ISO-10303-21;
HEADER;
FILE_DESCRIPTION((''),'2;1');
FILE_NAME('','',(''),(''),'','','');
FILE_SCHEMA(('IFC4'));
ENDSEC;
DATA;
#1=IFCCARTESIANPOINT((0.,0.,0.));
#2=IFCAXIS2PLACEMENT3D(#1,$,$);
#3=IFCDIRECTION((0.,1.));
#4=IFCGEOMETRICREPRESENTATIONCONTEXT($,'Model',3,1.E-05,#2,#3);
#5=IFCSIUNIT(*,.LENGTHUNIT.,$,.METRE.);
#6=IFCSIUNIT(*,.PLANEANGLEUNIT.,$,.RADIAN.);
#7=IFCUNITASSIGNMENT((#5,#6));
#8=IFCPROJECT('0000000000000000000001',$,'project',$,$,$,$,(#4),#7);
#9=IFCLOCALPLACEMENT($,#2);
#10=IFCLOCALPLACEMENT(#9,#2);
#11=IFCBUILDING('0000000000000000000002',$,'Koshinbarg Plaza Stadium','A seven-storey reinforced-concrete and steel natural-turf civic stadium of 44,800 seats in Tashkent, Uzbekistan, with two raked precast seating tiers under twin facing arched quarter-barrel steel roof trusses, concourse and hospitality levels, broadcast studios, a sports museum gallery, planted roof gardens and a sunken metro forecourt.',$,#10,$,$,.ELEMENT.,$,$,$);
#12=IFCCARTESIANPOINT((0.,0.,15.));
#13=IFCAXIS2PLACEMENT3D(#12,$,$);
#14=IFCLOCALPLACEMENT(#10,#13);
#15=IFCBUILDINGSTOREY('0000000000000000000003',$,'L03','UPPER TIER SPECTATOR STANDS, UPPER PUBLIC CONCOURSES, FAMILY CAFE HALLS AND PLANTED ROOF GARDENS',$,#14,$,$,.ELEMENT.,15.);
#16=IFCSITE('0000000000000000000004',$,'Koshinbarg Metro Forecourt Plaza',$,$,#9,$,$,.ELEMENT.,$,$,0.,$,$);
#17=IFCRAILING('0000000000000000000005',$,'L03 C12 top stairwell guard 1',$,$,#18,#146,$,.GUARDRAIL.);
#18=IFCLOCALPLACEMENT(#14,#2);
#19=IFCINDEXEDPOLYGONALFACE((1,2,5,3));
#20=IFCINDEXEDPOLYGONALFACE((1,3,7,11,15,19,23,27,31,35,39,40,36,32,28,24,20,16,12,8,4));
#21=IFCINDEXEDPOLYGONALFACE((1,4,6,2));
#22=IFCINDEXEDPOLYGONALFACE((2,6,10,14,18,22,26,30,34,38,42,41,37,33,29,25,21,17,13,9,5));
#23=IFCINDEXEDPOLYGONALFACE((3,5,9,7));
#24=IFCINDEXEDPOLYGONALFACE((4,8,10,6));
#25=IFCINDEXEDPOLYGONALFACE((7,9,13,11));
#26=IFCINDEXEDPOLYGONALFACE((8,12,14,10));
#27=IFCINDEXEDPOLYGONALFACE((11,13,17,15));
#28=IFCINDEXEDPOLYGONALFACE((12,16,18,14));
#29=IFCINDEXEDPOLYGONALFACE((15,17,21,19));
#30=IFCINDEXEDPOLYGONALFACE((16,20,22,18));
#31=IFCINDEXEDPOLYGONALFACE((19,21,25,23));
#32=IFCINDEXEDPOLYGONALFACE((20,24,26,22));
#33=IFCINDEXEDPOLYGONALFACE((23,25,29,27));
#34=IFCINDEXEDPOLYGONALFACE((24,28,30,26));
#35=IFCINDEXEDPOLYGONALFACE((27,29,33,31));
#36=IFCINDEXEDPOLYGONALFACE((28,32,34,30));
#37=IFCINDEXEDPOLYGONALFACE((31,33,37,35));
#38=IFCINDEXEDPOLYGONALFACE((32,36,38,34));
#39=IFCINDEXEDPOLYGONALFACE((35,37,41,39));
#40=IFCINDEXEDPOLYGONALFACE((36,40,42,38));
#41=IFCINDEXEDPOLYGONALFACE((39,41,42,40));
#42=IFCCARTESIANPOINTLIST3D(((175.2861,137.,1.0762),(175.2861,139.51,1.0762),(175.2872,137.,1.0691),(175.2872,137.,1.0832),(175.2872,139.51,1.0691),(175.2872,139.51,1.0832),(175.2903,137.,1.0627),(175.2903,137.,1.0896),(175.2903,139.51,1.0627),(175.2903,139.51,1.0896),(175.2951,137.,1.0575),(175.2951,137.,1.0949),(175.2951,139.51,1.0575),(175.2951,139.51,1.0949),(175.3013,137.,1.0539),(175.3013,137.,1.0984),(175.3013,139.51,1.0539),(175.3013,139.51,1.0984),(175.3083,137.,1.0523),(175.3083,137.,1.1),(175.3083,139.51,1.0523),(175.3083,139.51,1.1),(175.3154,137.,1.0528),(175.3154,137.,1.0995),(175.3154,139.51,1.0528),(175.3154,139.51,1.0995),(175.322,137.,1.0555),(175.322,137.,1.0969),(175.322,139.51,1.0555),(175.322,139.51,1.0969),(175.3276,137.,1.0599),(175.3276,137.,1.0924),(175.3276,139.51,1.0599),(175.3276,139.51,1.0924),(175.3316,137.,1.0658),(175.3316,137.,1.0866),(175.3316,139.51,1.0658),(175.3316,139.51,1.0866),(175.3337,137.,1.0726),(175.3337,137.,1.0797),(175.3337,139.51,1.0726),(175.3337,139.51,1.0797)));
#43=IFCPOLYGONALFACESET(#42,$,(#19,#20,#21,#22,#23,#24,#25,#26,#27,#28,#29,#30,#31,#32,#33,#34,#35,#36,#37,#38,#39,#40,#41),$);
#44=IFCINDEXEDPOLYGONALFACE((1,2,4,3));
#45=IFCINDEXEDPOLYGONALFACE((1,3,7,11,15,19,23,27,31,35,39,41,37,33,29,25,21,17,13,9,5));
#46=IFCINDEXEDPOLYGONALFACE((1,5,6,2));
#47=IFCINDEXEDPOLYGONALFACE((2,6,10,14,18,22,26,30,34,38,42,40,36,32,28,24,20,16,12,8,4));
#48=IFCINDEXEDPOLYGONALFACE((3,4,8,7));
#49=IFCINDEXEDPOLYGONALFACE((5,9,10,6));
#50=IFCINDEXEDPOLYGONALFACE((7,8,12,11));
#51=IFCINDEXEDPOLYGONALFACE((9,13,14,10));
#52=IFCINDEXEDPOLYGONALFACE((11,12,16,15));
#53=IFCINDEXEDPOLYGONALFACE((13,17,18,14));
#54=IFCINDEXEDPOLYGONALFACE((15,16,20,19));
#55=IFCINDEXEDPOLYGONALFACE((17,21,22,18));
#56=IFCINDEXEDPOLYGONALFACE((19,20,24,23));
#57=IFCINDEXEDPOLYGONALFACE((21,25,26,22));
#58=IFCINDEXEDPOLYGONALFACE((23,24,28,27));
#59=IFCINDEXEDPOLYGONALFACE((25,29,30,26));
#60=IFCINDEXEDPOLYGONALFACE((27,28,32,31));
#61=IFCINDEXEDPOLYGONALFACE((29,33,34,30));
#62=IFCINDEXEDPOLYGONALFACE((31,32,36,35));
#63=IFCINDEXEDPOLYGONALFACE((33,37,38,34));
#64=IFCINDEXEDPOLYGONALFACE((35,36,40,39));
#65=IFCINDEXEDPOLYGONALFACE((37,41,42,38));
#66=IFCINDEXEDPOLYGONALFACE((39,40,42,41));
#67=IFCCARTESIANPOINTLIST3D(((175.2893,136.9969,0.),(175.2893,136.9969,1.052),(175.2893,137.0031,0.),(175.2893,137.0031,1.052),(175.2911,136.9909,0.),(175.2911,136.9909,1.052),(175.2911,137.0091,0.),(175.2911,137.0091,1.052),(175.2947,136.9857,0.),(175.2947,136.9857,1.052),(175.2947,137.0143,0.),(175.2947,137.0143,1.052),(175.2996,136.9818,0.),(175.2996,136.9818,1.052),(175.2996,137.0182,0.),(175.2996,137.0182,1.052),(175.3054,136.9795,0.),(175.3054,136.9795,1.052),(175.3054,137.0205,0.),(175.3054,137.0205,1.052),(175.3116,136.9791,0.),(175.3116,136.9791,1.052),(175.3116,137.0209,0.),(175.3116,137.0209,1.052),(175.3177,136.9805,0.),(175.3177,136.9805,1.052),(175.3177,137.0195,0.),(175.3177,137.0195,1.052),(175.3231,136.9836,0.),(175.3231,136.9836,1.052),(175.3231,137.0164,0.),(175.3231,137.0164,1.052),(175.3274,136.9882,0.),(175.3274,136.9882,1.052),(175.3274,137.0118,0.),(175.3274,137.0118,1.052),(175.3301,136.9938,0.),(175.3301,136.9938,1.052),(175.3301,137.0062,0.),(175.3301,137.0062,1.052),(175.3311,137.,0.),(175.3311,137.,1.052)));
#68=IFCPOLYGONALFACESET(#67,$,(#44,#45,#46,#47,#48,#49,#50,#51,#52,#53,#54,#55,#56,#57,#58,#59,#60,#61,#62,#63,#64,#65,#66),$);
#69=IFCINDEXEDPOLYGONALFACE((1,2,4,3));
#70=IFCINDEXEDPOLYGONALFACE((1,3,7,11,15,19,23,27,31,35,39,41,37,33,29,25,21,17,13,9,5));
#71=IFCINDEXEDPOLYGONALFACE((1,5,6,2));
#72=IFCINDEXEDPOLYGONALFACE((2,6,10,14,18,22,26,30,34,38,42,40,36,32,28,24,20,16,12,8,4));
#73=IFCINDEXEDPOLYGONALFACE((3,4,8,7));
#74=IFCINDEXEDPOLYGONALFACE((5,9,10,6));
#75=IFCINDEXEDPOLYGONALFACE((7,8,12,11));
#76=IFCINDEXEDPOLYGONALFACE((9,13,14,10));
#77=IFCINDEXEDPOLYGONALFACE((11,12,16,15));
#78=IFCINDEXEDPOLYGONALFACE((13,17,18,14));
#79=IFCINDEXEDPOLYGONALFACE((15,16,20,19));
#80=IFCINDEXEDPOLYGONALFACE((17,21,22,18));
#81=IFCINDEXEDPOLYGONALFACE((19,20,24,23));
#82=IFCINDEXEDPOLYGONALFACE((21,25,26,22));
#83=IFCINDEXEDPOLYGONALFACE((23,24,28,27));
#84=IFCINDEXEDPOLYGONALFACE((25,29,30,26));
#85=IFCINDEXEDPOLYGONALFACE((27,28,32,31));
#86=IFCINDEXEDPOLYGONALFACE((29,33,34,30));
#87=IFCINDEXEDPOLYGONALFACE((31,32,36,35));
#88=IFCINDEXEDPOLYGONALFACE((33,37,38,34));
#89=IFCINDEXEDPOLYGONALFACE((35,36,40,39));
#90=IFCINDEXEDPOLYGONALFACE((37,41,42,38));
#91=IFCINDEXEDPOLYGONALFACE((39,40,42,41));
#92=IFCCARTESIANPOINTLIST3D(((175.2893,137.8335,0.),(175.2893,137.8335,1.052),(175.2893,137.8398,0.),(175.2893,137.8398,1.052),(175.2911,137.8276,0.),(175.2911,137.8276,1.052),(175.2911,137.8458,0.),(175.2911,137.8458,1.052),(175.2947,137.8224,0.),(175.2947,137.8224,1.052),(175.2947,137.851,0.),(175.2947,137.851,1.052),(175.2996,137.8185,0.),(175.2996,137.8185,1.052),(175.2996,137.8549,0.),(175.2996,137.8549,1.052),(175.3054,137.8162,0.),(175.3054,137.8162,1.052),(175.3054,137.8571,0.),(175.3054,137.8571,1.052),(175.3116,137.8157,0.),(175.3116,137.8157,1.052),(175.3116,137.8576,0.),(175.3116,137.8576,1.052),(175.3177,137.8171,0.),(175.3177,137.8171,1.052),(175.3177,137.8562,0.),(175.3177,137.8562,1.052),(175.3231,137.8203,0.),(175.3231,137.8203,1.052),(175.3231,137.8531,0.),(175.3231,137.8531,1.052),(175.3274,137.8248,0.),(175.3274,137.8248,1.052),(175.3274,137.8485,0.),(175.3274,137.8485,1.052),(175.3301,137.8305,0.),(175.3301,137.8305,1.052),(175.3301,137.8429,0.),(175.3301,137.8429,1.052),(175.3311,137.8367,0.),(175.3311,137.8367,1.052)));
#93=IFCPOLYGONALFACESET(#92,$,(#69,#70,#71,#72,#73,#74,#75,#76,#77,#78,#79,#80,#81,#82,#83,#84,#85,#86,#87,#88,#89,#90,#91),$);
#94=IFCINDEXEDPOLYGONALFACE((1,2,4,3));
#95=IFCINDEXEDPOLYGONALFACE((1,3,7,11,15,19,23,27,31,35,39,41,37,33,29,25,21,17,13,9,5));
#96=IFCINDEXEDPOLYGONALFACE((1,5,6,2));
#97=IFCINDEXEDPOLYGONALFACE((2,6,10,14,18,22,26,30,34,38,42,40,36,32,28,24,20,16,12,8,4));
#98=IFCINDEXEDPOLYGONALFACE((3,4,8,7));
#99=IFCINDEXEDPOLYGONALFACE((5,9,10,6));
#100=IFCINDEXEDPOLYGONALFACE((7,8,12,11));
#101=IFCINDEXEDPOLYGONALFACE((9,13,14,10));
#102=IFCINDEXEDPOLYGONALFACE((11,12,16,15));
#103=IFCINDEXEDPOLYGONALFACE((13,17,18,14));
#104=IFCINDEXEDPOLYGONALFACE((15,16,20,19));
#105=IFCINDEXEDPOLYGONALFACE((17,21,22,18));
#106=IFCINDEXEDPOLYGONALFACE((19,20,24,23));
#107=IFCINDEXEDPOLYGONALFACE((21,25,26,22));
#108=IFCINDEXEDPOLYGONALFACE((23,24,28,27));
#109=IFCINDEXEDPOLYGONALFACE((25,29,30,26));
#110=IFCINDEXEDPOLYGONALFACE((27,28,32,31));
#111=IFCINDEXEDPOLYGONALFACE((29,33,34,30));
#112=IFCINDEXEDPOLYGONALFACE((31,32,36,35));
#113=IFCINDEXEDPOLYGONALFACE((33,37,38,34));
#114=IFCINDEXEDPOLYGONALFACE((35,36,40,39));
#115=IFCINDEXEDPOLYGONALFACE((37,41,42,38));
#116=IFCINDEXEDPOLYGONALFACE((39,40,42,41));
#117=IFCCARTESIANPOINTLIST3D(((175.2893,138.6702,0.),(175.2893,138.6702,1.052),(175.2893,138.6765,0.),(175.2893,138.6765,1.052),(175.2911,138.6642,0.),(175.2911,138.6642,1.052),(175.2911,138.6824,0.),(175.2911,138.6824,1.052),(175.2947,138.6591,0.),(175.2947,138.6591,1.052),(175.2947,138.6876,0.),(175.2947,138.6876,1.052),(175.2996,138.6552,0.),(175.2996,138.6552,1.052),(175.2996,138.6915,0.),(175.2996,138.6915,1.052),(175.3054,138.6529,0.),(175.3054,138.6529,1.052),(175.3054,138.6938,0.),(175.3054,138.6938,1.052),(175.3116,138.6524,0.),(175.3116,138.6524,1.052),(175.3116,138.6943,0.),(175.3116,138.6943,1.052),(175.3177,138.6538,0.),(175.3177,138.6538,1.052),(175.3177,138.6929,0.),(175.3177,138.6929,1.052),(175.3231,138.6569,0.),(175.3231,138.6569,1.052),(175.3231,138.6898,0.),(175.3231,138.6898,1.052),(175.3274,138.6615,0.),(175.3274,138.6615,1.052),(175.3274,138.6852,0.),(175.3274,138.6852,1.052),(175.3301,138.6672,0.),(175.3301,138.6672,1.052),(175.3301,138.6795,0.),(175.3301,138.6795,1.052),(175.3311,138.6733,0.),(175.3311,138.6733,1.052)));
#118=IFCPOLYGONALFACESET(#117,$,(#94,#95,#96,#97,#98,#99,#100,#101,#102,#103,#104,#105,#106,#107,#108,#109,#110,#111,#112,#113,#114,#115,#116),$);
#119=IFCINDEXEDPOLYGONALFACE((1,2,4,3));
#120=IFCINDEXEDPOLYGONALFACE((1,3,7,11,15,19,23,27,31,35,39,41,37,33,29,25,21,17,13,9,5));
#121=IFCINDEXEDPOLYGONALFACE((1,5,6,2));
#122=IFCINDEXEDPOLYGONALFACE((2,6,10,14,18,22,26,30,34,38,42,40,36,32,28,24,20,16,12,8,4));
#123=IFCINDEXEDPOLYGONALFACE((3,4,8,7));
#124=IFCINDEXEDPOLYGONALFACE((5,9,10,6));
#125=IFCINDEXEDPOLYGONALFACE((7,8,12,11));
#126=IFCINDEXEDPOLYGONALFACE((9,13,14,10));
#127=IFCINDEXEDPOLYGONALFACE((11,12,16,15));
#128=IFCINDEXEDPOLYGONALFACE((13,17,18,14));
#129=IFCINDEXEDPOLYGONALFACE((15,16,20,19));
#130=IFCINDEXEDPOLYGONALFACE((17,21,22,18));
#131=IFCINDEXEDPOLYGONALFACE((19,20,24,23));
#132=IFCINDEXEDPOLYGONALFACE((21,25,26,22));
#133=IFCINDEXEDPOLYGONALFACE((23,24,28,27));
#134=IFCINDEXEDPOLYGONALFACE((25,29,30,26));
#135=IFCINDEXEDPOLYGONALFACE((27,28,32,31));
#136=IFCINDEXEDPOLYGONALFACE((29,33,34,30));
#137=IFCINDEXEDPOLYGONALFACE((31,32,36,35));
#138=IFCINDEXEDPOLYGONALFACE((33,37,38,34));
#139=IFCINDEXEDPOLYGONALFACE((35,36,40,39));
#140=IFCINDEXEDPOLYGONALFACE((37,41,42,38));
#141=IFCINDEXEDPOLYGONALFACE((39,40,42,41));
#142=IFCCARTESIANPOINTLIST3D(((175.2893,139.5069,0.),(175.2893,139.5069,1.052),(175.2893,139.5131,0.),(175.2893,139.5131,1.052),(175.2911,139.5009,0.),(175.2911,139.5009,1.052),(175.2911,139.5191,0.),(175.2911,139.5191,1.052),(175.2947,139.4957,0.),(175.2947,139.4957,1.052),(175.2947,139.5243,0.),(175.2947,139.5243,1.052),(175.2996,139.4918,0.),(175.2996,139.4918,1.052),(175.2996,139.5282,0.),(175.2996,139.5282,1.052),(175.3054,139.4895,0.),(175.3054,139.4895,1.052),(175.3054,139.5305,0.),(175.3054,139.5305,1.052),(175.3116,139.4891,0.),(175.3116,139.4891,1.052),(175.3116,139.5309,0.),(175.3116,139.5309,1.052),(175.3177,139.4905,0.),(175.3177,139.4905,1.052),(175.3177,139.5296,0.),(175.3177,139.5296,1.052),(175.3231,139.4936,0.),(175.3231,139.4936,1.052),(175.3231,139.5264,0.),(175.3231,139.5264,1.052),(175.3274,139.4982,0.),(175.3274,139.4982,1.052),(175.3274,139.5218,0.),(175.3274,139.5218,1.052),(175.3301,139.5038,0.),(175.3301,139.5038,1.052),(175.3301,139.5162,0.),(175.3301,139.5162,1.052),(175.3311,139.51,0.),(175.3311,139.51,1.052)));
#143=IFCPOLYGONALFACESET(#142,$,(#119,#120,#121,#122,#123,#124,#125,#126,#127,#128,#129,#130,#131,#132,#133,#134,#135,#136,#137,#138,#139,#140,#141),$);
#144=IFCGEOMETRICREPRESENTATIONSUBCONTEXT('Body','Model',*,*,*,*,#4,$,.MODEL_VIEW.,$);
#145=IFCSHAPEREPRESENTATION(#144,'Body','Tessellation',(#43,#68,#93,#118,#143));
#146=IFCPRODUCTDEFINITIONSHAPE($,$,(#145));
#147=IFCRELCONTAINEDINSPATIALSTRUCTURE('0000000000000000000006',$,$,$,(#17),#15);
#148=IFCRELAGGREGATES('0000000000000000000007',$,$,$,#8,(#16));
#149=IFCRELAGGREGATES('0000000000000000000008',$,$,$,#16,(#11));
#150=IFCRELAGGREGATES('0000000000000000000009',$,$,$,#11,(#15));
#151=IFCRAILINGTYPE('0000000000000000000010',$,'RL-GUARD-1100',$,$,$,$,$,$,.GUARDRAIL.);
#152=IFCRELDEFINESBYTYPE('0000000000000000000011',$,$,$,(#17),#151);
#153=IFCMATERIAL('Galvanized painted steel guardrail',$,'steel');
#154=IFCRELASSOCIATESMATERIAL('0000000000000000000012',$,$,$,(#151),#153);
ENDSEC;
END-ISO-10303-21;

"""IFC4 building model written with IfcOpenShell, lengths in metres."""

from ifc_helpers import new_model, si_unit, direction, frame, origin, origin_2d, place, context, subcontext, project, spatial, circle, extrude, material, type_object, element, save


model = new_model("IFC4")

# Units and contexts
model_context = context("Model", 3, precision=1e-05, world=origin(), true_north=direction((0.0, 1.0)))
body_context = subcontext(model_context, "Body", "Model", "MODEL_VIEW")
ifc_project = project(units=[si_unit("LENGTHUNIT", "METRE"), si_unit("PLANEANGLEUNIT", "RADIAN")], contexts=[model_context])

# Site, building, storey
site_placement = place(None, origin())
site = spatial("IfcSite", under=ifc_project, at=site_placement, Name="Koshinbarg Metro Forecourt Plaza", CompositionType="ELEMENT", RefElevation=0.0)
building_placement = place(site_placement, origin())
building = spatial("IfcBuilding", under=site, at=building_placement, Name="Koshinbarg Plaza Stadium", Description="A seven-storey reinforced-concrete and steel natural-turf civic stadium of 44,800 seats in Tashkent, Uzbekistan, with two raked precast seating tiers under twin facing arched quarter-barrel steel roof trusses, concourse and hospitality levels, broadcast studios, a sports museum gallery, planted roof gardens and a sunken metro forecourt.", CompositionType="ELEMENT")
storey_placement = place(building_placement, frame((0.0, 0.0, 15.0)))
storey = spatial("IfcBuildingStorey", under=building, at=storey_placement, Name="L03", Description="UPPER TIER SPECTATOR STANDS, UPPER PUBLIC CONCOURSES, FAMILY CAFE HALLS AND PLANTED ROOF GARDENS", CompositionType="ELEMENT", Elevation=15.0)

# Railing
ifc_material_1 = material(Name="Galvanized painted steel guardrail", Category="steel")
railing_type = type_object("IfcRailingType", Name="RL-GUARD-1100", PredefinedType="GUARDRAIL", material=ifc_material_1)
railing_placement = place(storey_placement, frame((175.3101, 137.0, 0.0)))
element("IfcRailing", 1, at=railing_placement, inside=storey, type_object=railing_type, Name="L03 C12 top stairwell guard 1", PredefinedType="GUARDRAIL", context=body_context, shape_type="SweptSolid", body=[
    extrude(circle(Radius=0.0239, at=origin_2d()), frame((0.0, 0.0, 1.0762), z_axis=(0.0, 1.0, 0.0), x_axis=(-1.0, 0.0, 0.0)), (0.0, 0.0, 1.0), 2.51),
    extrude(circle(Radius=0.021, at=origin_2d()), origin(), (0.0, 0.0, 1.0), 1.052),
    extrude(circle(Radius=0.021, at=origin_2d()), frame((0.0, 0.8367, 0.0)), (0.0, 0.0, 1.0), 1.052),
    extrude(circle(Radius=0.021, at=origin_2d()), frame((0.0, 1.6733, 0.0)), (0.0, 0.0, 1.0), 1.052),
    extrude(circle(Radius=0.021, at=origin_2d()), frame((0.0, 2.51, 0.0)), (0.0, 0.0, 1.0), 1.052),
])

save(model, "model.ifc")
